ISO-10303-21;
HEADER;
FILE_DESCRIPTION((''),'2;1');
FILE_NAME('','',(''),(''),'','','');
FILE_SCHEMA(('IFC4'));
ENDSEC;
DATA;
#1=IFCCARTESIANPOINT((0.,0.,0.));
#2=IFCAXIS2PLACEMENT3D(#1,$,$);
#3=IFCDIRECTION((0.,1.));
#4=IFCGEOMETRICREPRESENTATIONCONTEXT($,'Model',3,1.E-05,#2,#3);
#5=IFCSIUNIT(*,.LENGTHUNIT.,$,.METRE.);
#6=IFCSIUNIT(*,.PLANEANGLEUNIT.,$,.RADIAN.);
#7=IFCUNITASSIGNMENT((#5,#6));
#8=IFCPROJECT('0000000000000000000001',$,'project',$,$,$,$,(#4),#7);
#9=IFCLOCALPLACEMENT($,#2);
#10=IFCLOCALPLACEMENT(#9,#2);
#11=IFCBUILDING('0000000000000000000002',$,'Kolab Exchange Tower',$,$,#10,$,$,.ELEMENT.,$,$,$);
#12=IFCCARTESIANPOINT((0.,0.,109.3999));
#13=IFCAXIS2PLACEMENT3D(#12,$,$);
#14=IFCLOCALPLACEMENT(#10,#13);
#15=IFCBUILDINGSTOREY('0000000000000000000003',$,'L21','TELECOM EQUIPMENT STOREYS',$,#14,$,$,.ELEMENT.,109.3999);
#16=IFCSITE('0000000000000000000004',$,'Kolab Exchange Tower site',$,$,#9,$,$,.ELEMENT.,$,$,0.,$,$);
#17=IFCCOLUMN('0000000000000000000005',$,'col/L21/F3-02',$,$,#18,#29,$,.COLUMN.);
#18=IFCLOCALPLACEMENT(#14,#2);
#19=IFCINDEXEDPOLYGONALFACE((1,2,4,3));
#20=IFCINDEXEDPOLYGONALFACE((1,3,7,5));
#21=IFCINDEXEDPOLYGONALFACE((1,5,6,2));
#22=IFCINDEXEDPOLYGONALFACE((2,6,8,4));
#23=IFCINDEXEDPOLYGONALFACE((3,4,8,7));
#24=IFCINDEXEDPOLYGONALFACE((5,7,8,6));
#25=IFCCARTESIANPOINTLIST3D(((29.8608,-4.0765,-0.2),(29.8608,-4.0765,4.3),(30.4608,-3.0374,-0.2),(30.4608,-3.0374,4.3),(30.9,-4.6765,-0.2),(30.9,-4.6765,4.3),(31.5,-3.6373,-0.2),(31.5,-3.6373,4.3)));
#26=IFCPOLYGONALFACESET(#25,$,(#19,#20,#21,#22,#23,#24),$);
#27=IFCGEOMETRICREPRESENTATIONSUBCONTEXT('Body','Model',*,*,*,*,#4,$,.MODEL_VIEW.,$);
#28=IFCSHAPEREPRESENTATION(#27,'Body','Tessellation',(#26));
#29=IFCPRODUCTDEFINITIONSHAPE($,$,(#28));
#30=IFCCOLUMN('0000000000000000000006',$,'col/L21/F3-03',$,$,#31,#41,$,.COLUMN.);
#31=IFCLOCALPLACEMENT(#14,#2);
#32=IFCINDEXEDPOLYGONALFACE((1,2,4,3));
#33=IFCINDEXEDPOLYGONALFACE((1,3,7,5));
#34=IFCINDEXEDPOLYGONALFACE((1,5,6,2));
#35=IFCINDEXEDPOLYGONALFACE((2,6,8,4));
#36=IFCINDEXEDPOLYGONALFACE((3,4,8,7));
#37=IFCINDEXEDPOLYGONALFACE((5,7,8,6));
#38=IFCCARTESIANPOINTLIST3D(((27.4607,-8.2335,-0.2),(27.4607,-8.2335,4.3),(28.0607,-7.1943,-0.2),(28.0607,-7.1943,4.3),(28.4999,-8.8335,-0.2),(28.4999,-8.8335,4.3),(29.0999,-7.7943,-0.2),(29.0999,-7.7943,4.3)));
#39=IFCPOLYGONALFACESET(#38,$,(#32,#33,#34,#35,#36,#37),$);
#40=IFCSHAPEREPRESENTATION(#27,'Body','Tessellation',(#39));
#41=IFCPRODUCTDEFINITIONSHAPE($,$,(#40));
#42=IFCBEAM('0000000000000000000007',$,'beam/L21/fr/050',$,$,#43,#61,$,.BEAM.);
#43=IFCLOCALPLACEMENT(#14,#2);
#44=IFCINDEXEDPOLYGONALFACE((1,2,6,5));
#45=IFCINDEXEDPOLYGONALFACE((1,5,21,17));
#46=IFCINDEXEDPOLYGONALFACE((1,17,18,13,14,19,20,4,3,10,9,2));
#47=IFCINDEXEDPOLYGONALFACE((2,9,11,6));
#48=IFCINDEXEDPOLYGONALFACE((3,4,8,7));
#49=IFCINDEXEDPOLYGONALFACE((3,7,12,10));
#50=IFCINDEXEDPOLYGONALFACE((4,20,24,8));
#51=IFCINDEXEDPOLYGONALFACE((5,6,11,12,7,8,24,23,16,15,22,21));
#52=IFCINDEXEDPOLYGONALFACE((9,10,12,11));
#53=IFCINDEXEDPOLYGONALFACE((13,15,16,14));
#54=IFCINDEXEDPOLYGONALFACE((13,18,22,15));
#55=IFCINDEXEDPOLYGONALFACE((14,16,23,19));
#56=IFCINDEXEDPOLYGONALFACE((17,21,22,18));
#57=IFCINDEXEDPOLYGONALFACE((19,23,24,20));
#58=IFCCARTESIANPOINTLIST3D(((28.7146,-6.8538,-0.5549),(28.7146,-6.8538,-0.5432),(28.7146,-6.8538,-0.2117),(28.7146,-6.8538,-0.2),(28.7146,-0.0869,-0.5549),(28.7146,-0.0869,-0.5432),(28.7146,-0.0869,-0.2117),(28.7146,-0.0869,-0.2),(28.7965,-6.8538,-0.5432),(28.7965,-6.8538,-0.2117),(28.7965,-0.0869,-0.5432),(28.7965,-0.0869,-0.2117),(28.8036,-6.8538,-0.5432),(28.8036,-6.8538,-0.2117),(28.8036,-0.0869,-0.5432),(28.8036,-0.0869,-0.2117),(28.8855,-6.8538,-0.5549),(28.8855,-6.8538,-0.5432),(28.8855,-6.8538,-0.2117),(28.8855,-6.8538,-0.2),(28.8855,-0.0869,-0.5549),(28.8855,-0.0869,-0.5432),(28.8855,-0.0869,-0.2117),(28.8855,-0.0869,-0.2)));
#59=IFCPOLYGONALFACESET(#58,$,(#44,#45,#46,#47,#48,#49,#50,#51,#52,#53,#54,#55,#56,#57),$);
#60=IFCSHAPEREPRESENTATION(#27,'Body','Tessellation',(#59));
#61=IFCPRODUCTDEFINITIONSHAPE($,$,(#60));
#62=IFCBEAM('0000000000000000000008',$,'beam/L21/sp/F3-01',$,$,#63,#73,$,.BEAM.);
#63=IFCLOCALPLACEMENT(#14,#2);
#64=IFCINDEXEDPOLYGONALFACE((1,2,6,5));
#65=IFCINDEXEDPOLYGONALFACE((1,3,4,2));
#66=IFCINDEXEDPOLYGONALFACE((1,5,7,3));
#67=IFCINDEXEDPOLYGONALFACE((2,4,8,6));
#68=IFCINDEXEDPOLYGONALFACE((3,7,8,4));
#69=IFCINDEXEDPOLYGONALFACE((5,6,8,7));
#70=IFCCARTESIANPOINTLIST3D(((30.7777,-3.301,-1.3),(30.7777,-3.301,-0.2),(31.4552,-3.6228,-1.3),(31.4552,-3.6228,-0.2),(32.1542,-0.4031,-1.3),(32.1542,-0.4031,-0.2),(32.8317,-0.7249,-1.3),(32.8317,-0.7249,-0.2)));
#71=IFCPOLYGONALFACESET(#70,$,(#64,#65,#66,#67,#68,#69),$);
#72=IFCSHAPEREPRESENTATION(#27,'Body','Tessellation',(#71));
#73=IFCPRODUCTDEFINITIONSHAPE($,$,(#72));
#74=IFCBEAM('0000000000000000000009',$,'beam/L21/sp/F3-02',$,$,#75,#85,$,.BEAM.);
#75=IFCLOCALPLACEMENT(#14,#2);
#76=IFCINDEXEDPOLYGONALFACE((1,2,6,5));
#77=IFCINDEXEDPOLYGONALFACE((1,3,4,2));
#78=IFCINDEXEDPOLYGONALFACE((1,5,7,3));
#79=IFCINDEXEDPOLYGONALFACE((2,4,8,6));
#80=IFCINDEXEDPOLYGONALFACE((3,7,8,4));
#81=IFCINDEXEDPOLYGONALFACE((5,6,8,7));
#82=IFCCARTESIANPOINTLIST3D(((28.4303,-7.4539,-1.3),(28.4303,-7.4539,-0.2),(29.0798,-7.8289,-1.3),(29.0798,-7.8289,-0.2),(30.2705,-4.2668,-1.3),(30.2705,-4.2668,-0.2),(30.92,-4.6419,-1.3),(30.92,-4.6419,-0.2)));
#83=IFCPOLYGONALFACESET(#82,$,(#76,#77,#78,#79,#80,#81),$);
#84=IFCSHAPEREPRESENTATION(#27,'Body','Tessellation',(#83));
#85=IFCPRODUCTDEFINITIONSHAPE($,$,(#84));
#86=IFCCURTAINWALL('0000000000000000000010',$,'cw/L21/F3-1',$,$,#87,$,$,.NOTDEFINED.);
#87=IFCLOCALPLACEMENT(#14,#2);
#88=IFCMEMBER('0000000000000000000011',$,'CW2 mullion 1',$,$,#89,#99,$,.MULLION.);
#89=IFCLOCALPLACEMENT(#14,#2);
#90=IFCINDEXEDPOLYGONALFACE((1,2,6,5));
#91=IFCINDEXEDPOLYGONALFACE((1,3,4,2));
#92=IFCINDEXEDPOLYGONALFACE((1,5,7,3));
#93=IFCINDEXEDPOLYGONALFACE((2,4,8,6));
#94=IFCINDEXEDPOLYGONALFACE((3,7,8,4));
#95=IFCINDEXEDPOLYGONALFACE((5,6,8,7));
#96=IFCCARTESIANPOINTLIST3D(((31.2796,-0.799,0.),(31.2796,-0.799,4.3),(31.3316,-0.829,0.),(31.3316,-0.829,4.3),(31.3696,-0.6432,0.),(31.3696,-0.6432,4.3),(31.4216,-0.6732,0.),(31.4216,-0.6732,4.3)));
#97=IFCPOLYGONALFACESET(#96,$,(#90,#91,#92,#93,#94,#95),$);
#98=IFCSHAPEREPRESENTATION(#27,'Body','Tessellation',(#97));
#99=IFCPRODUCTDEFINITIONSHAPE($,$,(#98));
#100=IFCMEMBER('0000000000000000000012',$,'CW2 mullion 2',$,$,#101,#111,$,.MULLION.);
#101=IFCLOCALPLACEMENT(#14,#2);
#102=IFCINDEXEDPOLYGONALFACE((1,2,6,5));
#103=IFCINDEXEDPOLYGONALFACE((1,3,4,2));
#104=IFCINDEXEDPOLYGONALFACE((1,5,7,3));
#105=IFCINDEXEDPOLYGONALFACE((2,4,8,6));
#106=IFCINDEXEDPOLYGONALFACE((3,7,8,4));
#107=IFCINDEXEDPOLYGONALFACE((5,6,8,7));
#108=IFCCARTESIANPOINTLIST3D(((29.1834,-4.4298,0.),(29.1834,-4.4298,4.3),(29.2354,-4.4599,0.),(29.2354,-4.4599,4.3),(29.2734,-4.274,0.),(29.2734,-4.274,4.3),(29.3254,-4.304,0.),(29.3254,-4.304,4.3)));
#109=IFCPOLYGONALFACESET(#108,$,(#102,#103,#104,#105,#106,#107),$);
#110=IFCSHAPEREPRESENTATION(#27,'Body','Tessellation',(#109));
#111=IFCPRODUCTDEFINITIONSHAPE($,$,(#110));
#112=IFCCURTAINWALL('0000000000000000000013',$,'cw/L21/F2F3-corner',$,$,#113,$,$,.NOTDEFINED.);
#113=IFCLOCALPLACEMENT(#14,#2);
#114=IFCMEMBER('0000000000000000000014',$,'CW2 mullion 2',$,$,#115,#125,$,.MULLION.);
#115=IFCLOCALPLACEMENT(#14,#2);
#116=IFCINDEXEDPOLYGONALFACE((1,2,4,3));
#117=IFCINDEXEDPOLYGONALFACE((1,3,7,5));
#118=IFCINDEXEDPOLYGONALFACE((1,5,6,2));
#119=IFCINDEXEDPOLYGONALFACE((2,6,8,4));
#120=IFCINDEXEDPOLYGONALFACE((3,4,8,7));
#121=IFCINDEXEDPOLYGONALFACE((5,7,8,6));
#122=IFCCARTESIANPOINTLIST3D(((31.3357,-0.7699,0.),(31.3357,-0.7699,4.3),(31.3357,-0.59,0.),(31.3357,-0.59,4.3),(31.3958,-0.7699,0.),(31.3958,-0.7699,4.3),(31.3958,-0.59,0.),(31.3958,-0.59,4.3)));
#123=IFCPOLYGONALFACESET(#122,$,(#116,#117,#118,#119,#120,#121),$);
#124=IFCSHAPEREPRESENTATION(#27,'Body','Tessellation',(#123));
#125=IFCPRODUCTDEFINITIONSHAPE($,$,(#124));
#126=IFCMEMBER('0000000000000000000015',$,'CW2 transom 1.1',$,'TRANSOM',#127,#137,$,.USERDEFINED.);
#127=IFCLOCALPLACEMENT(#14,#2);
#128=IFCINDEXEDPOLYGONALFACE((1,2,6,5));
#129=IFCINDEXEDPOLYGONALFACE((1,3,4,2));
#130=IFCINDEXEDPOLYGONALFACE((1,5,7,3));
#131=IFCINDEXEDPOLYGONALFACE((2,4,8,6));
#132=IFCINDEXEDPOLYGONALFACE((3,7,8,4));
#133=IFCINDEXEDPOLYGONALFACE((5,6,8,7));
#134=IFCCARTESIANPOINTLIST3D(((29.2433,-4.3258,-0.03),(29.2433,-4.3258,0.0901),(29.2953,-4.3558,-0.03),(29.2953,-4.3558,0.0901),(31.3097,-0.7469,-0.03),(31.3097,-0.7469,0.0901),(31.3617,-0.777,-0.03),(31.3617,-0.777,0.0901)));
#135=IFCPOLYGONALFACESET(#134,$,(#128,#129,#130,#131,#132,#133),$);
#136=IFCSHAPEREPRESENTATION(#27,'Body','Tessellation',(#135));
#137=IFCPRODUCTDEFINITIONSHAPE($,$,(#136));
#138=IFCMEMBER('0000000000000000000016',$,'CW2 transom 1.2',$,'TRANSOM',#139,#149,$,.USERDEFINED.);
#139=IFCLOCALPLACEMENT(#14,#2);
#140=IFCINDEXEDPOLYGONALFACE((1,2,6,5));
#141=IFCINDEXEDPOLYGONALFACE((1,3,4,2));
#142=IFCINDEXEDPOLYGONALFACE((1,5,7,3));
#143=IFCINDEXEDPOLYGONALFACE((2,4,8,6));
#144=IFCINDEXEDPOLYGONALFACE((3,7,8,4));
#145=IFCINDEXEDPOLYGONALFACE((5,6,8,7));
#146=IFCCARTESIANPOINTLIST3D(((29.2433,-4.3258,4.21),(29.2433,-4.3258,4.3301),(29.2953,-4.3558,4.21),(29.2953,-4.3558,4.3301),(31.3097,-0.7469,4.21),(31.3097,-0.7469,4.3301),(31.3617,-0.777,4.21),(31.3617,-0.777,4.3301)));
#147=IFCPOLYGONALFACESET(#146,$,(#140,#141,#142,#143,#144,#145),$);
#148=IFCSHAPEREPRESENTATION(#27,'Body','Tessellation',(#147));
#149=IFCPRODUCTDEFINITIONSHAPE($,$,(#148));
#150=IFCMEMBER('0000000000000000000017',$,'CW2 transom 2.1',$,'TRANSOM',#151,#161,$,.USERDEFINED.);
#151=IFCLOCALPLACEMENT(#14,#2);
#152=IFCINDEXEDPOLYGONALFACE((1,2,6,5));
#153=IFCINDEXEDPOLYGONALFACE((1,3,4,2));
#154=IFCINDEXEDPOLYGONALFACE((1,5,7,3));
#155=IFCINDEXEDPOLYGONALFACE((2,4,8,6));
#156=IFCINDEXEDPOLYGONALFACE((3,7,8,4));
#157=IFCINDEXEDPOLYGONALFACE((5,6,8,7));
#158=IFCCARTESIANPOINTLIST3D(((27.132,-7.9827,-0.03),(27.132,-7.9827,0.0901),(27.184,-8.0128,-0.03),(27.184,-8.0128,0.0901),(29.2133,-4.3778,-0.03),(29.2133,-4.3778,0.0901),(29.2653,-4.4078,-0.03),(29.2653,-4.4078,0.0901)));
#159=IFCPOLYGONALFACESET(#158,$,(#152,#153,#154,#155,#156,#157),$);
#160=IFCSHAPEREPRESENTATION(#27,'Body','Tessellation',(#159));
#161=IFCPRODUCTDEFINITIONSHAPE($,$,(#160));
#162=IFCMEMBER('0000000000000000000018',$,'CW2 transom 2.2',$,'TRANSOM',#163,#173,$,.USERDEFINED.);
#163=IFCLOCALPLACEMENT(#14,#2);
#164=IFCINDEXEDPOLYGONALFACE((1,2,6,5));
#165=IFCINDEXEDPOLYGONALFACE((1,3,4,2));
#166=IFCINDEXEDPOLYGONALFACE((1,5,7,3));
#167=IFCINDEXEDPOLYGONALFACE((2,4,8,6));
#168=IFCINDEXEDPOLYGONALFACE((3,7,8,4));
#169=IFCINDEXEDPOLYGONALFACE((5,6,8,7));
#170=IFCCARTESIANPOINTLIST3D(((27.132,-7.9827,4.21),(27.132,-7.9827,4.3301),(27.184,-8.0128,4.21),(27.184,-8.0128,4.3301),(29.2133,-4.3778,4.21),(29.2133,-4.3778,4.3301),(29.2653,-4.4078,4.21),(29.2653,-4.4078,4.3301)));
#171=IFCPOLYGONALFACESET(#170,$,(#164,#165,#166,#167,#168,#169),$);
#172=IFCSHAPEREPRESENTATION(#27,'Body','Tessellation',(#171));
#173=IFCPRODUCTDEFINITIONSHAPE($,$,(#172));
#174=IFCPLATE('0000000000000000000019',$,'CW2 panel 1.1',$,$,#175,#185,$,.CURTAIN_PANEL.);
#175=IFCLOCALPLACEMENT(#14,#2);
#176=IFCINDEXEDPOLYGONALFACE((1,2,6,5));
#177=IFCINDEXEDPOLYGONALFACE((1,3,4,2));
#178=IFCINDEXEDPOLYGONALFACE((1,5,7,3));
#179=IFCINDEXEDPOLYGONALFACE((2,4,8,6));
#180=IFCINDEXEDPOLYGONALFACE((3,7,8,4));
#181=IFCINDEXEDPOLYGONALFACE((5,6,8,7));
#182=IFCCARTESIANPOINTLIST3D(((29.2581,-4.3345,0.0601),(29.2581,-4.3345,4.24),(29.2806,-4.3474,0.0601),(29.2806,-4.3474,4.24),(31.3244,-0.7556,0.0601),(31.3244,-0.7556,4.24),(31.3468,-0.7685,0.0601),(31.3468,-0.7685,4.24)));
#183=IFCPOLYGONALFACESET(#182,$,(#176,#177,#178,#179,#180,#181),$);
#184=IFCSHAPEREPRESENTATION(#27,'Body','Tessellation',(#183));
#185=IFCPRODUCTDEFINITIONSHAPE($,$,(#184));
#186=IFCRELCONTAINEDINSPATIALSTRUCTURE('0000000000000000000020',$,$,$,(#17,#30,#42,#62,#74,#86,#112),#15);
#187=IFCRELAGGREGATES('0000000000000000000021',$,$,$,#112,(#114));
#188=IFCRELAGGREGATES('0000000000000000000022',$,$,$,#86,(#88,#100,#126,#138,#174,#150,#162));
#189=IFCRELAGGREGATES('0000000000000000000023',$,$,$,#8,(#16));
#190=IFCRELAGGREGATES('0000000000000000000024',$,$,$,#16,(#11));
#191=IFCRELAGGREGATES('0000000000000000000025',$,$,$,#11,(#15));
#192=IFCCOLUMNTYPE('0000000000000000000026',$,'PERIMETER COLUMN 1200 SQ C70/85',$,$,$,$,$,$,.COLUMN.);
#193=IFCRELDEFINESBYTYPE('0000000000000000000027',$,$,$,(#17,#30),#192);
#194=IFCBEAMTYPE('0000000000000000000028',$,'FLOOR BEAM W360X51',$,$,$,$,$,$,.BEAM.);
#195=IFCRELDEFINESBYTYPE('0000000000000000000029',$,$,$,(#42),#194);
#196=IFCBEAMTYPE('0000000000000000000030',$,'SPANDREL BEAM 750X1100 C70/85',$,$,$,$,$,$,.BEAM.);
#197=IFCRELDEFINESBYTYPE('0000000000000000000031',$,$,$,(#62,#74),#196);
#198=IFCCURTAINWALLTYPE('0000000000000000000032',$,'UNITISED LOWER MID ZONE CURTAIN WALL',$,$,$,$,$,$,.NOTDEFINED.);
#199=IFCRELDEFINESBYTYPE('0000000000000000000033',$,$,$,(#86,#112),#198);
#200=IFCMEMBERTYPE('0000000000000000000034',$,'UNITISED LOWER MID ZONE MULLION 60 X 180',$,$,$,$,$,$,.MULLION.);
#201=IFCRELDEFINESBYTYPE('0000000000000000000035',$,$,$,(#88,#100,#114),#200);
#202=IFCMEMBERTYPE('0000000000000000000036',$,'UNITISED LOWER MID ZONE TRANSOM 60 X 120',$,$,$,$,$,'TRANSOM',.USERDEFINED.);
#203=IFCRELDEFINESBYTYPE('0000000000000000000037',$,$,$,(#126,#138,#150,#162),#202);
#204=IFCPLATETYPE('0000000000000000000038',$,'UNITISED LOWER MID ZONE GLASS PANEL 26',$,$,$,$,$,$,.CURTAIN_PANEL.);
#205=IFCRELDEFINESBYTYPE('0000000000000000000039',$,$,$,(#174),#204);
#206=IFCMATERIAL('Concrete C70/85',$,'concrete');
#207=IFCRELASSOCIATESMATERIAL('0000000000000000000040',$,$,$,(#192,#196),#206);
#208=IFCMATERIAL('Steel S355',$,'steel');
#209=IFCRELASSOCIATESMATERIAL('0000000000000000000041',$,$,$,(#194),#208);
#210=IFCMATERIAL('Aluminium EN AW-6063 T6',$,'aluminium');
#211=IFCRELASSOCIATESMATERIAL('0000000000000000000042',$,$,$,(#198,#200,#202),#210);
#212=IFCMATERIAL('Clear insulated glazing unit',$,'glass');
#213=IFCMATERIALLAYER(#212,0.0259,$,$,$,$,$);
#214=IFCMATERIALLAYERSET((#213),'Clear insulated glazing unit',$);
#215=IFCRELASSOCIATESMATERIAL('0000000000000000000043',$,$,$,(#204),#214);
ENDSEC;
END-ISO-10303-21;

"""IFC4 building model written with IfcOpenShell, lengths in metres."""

from ifc_helpers import new_model, si_unit, direction, frame, origin, origin_2d, place, context, subcontext, project, spatial, rectangle, i_section, extrude, material, layer, layer_set, material_profile, profile_set, type_object, element, aggregate, save


model = new_model("IFC4")

# Units and contexts
model_context = context("Model", 3, precision=1e-05, world=origin(), true_north=direction((0.0, 1.0)))
body_context = subcontext(model_context, "Body", "Model", "MODEL_VIEW")
ifc_project = project(units=[si_unit("LENGTHUNIT", "METRE"), si_unit("PLANEANGLEUNIT", "RADIAN")], contexts=[model_context])

# Site, building, storey
site_placement = place(None, origin())
site = spatial("IfcSite", under=ifc_project, at=site_placement, Name="Kolab Exchange Tower site", CompositionType="ELEMENT", RefElevation=0.0)
building_placement = place(site_placement, origin())
building = spatial("IfcBuilding", under=site, at=building_placement, Name="Kolab Exchange Tower", CompositionType="ELEMENT")
storey_placement = place(building_placement, frame((0.0, 0.0, 109.3999)))
storey = spatial("IfcBuildingStorey", under=building, at=storey_placement, Name="L21", Description="TELECOM EQUIPMENT STOREYS", CompositionType="ELEMENT", Elevation=109.3999)

# Columns
ifc_material_1 = material(Name="Concrete C70/85", Category="concrete")
ifc_material_profile_1 = material_profile(ifc_material_1, rectangle(XDim=1.2, YDim=1.2, at=origin_2d()), Name="RC1200")
ifc_profile_set_1 = profile_set([ifc_material_profile_1], Name="Concrete C70/85")
column_type = type_object("IfcColumnType", Name="PERIMETER COLUMN 1200 SQ C70/85", PredefinedType="COLUMN", material=ifc_profile_set_1)
for number, where, z_axis, x_axis, name in (
    (1, (30.6804, -3.8569, -0.2), (0.0, 0.0, 1.0), (0.5, 0.866025, 0.0), "col/L21/F3-02"),
    (2, (28.2803, -8.0139, -0.2), (0.0, 0.0, 1.0), (0.5, 0.866025, 0.0), "col/L21/F3-03"),
):
    element("IfcColumn", number, at=place(storey_placement, frame(where, z_axis=z_axis, x_axis=x_axis)), inside=storey, type_object=column_type, Name=name, PredefinedType="COLUMN", context=body_context, shape_type="SweptSolid", body=[
        extrude(rectangle(XDim=1.2, YDim=1.2, at=origin_2d()), origin(), (0.0, 0.0, 1.0), 4.5),
    ])

# Beams
ifc_material_2 = material(Name="Steel S355", Category="steel")
ifc_material_profile_2 = material_profile(ifc_material_2, i_section(OverallWidth=0.1709, OverallDepth=0.355, WebThickness=0.0071, FlangeThickness=0.0117, at=origin_2d()), Name="W360X51")
ifc_profile_set_2 = profile_set([ifc_material_profile_2], Name="Steel S355")
beam_type_1 = type_object("IfcBeamType", Name="FLOOR BEAM W360X51", PredefinedType="BEAM", material=ifc_profile_set_2)
beam_1_placement = place(storey_placement, frame((28.8, -6.8538, -0.3774), z_axis=(0.0, 1.0, 0.0), x_axis=(-1.0, 0.0, 0.0)))
element("IfcBeam", 3, at=beam_1_placement, inside=storey, type_object=beam_type_1, Name="beam/L21/fr/050", PredefinedType="BEAM", context=body_context, shape_type="SweptSolid", body=[
    extrude(i_section(OverallWidth=0.1709, OverallDepth=0.355, WebThickness=0.0071, FlangeThickness=0.0117, at=origin_2d()), origin(), (0.0, 0.0, 1.0), 6.7668),
])
ifc_material_profile_3 = material_profile(ifc_material_1, rectangle(XDim=0.75, YDim=1.1001, at=origin_2d()), Name="RC750X1100")
ifc_profile_set_3 = profile_set([ifc_material_profile_3], Name="Concrete C70/85")
beam_type_2 = type_object("IfcBeamType", Name="SPANDREL BEAM 750X1100 C70/85", PredefinedType="BEAM", material=ifc_profile_set_3)
beam_2_placement = place(storey_placement, frame((32.4929, -0.564, -0.75), z_axis=(-0.429041, -0.903285, 0.0), x_axis=(0.903285, -0.429041, 0.0)))
element("IfcBeam", 4, at=beam_2_placement, inside=storey, type_object=beam_type_2, Name="beam/L21/sp/F3-01", PredefinedType="BEAM", context=body_context, shape_type="SweptSolid", body=[
    extrude(rectangle(XDim=0.75, YDim=1.1001, at=origin_2d()), origin(), (0.0, 0.0, 1.0), 3.2083),
])
beam_3_placement = place(storey_placement, frame((30.5952, -4.4543, -0.75), z_axis=(-0.500013, -0.866018, 0.0), x_axis=(0.866018, -0.500013, 0.0)))
element("IfcBeam", 5, at=beam_3_placement, inside=storey, type_object=beam_type_2, Name="beam/L21/sp/F3-02", PredefinedType="BEAM", context=body_context, shape_type="SweptSolid", body=[
    extrude(rectangle(XDim=0.75, YDim=1.1001, at=origin_2d()), origin(), (0.0, 0.0, 1.0), 3.6802),
])

# Curtain wall, members
ifc_material_3 = material(Name="Aluminium EN AW-6063 T6", Category="aluminium")
curtain_wall_type = type_object("IfcCurtainWallType", Name="UNITISED LOWER MID ZONE CURTAIN WALL", PredefinedType="NOTDEFINED", material=ifc_material_3)
curtain_wall_1_placement = place(storey_placement, origin())
curtain_wall_1 = element("IfcCurtainWall", 6, at=curtain_wall_1_placement, inside=storey, type_object=curtain_wall_type, Name="cw/L21/F3-1", PredefinedType="NOTDEFINED")
ifc_material_profile_4 = material_profile(ifc_material_3, rectangle(XDim=0.0601, YDim=0.1799, at=origin_2d()), Name="RECT 60X180")
ifc_profile_set_4 = profile_set([ifc_material_profile_4], Name="Aluminium EN AW-6063 T6")
member_type_1 = type_object("IfcMemberType", Name="UNITISED LOWER MID ZONE MULLION 60 X 180", PredefinedType="MULLION", material=ifc_profile_set_4)
member_1_placement = place(storey_placement, frame((31.3506, -0.7361, 0.0), z_axis=(0.0, 0.0, 1.0), x_axis=(0.866025, -0.5, 0.0)))
member_1 = element("IfcMember", 7, at=member_1_placement, type_object=member_type_1, Name="CW2 mullion 1", PredefinedType="MULLION", context=body_context, shape_type="SweptSolid", body=[
    extrude(rectangle(XDim=0.0601, YDim=0.1799, at=origin_2d()), origin(), (0.0, 0.0, 1.0), 4.3),
])
member_2_placement = place(storey_placement, frame((29.2544, -4.3669, 0.0), z_axis=(0.0, 0.0, 1.0), x_axis=(0.866025, -0.5, 0.0)))
member_2 = element("IfcMember", 8, at=member_2_placement, type_object=member_type_1, Name="CW2 mullion 2", PredefinedType="MULLION", context=body_context, shape_type="SweptSolid", body=[
    extrude(rectangle(XDim=0.0601, YDim=0.1799, at=origin_2d()), origin(), (0.0, 0.0, 1.0), 4.3),
])

# Curtain wall, member
curtain_wall_2_placement = place(storey_placement, origin())
curtain_wall_2 = element("IfcCurtainWall", 9, at=curtain_wall_2_placement, inside=storey, type_object=curtain_wall_type, Name="cw/L21/F2F3-corner", PredefinedType="NOTDEFINED")
member_3_placement = place(storey_placement, frame((31.3657, -0.6799, 0.0), z_axis=(0.0, 0.0, 1.0), x_axis=(1.0, 0.0, 0.0)))
member_3 = element("IfcMember", 10, at=member_3_placement, type_object=member_type_1, Name="CW2 mullion 2", PredefinedType="MULLION", context=body_context, shape_type="SweptSolid", body=[
    extrude(rectangle(XDim=0.0601, YDim=0.1799, at=origin_2d()), origin(), (0.0, 0.0, 1.0), 4.3),
])
aggregate(curtain_wall_2, [member_3])

# Members
ifc_material_profile_5 = material_profile(ifc_material_3, rectangle(XDim=0.0601, YDim=0.1201, at=origin_2d()), Name="RECT 60X120")
ifc_profile_set_5 = profile_set([ifc_material_profile_5], Name="Aluminium EN AW-6063 T6")
member_type_2 = type_object("IfcMemberType", Name="UNITISED LOWER MID ZONE TRANSOM 60 X 120", ElementType="TRANSOM", PredefinedType="USERDEFINED", material=ifc_profile_set_5)
member_4_placement = place(storey_placement, frame((31.3357, -0.762, 0.03), z_axis=(-0.500028, -0.866009, 0.0), x_axis=(0.866009, -0.500028, 0.0)))
member_4 = element("IfcMember", 11, at=member_4_placement, type_object=member_type_2, Name="CW2 transom 1.1", ObjectType="TRANSOM", PredefinedType="USERDEFINED", context=body_context, shape_type="SweptSolid", body=[
    extrude(rectangle(XDim=0.0601, YDim=0.1201, at=origin_2d()), origin(), (0.0, 0.0, 1.0), 4.1326),
])
member_5_placement = place(storey_placement, frame((31.3357, -0.762, 4.27), z_axis=(-0.500028, -0.866009, 0.0), x_axis=(0.866009, -0.500028, 0.0)))
member_5 = element("IfcMember", 12, at=member_5_placement, type_object=member_type_2, Name="CW2 transom 1.2", ObjectType="TRANSOM", PredefinedType="USERDEFINED", context=body_context, shape_type="SweptSolid", body=[
    extrude(rectangle(XDim=0.0601, YDim=0.1201, at=origin_2d()), origin(), (0.0, 0.0, 1.0), 4.1326),
])
member_6_placement = place(storey_placement, frame((29.2393, -4.3928, 0.03), z_axis=(-0.499993, -0.866029, 0.0), x_axis=(0.866029, -0.499993, 0.0)))
member_6 = element("IfcMember", 13, at=member_6_placement, type_object=member_type_2, Name="CW2 transom 2.1", ObjectType="TRANSOM", PredefinedType="USERDEFINED", context=body_context, shape_type="SweptSolid", body=[
    extrude(rectangle(XDim=0.0601, YDim=0.1201, at=origin_2d()), origin(), (0.0, 0.0, 1.0), 4.1626),
])
member_7_placement = place(storey_placement, frame((29.2393, -4.3928, 4.27), z_axis=(-0.499993, -0.866029, 0.0), x_axis=(0.866029, -0.499993, 0.0)))
member_7 = element("IfcMember", 14, at=member_7_placement, type_object=member_type_2, Name="CW2 transom 2.2", ObjectType="TRANSOM", PredefinedType="USERDEFINED", context=body_context, shape_type="SweptSolid", body=[
    extrude(rectangle(XDim=0.0601, YDim=0.1201, at=origin_2d()), origin(), (0.0, 0.0, 1.0), 4.1626),
])

# Plate
ifc_material_4 = material(Name="Clear insulated glazing unit", Category="glass")
ifc_layer_1 = layer(ifc_material_4, 0.0259)
ifc_layer_set_1 = layer_set([ifc_layer_1], Name="Clear insulated glazing unit")
plate_type = type_object("IfcPlateType", Name="UNITISED LOWER MID ZONE GLASS PANEL 26", PredefinedType="CURTAIN_PANEL", material=ifc_layer_set_1)
plate_1_placement = place(storey_placement, frame((30.3025, -2.5515, 0.0601), z_axis=(0.0, 0.0, 1.0), x_axis=(-0.5, -0.866025, 0.0)))
plate_1 = element("IfcPlate", 15, at=plate_1_placement, type_object=plate_type, Name="CW2 panel 1.1", PredefinedType="CURTAIN_PANEL", context=body_context, shape_type="SweptSolid", body=[
    extrude(rectangle(XDim=4.1326, YDim=0.0259, at=origin_2d()), origin(), (0.0, 0.0, 1.0), 4.1799),
])
aggregate(curtain_wall_1, [member_1, member_2, member_4, member_5, plate_1, member_6, member_7])

save(model, "model.ifc")
